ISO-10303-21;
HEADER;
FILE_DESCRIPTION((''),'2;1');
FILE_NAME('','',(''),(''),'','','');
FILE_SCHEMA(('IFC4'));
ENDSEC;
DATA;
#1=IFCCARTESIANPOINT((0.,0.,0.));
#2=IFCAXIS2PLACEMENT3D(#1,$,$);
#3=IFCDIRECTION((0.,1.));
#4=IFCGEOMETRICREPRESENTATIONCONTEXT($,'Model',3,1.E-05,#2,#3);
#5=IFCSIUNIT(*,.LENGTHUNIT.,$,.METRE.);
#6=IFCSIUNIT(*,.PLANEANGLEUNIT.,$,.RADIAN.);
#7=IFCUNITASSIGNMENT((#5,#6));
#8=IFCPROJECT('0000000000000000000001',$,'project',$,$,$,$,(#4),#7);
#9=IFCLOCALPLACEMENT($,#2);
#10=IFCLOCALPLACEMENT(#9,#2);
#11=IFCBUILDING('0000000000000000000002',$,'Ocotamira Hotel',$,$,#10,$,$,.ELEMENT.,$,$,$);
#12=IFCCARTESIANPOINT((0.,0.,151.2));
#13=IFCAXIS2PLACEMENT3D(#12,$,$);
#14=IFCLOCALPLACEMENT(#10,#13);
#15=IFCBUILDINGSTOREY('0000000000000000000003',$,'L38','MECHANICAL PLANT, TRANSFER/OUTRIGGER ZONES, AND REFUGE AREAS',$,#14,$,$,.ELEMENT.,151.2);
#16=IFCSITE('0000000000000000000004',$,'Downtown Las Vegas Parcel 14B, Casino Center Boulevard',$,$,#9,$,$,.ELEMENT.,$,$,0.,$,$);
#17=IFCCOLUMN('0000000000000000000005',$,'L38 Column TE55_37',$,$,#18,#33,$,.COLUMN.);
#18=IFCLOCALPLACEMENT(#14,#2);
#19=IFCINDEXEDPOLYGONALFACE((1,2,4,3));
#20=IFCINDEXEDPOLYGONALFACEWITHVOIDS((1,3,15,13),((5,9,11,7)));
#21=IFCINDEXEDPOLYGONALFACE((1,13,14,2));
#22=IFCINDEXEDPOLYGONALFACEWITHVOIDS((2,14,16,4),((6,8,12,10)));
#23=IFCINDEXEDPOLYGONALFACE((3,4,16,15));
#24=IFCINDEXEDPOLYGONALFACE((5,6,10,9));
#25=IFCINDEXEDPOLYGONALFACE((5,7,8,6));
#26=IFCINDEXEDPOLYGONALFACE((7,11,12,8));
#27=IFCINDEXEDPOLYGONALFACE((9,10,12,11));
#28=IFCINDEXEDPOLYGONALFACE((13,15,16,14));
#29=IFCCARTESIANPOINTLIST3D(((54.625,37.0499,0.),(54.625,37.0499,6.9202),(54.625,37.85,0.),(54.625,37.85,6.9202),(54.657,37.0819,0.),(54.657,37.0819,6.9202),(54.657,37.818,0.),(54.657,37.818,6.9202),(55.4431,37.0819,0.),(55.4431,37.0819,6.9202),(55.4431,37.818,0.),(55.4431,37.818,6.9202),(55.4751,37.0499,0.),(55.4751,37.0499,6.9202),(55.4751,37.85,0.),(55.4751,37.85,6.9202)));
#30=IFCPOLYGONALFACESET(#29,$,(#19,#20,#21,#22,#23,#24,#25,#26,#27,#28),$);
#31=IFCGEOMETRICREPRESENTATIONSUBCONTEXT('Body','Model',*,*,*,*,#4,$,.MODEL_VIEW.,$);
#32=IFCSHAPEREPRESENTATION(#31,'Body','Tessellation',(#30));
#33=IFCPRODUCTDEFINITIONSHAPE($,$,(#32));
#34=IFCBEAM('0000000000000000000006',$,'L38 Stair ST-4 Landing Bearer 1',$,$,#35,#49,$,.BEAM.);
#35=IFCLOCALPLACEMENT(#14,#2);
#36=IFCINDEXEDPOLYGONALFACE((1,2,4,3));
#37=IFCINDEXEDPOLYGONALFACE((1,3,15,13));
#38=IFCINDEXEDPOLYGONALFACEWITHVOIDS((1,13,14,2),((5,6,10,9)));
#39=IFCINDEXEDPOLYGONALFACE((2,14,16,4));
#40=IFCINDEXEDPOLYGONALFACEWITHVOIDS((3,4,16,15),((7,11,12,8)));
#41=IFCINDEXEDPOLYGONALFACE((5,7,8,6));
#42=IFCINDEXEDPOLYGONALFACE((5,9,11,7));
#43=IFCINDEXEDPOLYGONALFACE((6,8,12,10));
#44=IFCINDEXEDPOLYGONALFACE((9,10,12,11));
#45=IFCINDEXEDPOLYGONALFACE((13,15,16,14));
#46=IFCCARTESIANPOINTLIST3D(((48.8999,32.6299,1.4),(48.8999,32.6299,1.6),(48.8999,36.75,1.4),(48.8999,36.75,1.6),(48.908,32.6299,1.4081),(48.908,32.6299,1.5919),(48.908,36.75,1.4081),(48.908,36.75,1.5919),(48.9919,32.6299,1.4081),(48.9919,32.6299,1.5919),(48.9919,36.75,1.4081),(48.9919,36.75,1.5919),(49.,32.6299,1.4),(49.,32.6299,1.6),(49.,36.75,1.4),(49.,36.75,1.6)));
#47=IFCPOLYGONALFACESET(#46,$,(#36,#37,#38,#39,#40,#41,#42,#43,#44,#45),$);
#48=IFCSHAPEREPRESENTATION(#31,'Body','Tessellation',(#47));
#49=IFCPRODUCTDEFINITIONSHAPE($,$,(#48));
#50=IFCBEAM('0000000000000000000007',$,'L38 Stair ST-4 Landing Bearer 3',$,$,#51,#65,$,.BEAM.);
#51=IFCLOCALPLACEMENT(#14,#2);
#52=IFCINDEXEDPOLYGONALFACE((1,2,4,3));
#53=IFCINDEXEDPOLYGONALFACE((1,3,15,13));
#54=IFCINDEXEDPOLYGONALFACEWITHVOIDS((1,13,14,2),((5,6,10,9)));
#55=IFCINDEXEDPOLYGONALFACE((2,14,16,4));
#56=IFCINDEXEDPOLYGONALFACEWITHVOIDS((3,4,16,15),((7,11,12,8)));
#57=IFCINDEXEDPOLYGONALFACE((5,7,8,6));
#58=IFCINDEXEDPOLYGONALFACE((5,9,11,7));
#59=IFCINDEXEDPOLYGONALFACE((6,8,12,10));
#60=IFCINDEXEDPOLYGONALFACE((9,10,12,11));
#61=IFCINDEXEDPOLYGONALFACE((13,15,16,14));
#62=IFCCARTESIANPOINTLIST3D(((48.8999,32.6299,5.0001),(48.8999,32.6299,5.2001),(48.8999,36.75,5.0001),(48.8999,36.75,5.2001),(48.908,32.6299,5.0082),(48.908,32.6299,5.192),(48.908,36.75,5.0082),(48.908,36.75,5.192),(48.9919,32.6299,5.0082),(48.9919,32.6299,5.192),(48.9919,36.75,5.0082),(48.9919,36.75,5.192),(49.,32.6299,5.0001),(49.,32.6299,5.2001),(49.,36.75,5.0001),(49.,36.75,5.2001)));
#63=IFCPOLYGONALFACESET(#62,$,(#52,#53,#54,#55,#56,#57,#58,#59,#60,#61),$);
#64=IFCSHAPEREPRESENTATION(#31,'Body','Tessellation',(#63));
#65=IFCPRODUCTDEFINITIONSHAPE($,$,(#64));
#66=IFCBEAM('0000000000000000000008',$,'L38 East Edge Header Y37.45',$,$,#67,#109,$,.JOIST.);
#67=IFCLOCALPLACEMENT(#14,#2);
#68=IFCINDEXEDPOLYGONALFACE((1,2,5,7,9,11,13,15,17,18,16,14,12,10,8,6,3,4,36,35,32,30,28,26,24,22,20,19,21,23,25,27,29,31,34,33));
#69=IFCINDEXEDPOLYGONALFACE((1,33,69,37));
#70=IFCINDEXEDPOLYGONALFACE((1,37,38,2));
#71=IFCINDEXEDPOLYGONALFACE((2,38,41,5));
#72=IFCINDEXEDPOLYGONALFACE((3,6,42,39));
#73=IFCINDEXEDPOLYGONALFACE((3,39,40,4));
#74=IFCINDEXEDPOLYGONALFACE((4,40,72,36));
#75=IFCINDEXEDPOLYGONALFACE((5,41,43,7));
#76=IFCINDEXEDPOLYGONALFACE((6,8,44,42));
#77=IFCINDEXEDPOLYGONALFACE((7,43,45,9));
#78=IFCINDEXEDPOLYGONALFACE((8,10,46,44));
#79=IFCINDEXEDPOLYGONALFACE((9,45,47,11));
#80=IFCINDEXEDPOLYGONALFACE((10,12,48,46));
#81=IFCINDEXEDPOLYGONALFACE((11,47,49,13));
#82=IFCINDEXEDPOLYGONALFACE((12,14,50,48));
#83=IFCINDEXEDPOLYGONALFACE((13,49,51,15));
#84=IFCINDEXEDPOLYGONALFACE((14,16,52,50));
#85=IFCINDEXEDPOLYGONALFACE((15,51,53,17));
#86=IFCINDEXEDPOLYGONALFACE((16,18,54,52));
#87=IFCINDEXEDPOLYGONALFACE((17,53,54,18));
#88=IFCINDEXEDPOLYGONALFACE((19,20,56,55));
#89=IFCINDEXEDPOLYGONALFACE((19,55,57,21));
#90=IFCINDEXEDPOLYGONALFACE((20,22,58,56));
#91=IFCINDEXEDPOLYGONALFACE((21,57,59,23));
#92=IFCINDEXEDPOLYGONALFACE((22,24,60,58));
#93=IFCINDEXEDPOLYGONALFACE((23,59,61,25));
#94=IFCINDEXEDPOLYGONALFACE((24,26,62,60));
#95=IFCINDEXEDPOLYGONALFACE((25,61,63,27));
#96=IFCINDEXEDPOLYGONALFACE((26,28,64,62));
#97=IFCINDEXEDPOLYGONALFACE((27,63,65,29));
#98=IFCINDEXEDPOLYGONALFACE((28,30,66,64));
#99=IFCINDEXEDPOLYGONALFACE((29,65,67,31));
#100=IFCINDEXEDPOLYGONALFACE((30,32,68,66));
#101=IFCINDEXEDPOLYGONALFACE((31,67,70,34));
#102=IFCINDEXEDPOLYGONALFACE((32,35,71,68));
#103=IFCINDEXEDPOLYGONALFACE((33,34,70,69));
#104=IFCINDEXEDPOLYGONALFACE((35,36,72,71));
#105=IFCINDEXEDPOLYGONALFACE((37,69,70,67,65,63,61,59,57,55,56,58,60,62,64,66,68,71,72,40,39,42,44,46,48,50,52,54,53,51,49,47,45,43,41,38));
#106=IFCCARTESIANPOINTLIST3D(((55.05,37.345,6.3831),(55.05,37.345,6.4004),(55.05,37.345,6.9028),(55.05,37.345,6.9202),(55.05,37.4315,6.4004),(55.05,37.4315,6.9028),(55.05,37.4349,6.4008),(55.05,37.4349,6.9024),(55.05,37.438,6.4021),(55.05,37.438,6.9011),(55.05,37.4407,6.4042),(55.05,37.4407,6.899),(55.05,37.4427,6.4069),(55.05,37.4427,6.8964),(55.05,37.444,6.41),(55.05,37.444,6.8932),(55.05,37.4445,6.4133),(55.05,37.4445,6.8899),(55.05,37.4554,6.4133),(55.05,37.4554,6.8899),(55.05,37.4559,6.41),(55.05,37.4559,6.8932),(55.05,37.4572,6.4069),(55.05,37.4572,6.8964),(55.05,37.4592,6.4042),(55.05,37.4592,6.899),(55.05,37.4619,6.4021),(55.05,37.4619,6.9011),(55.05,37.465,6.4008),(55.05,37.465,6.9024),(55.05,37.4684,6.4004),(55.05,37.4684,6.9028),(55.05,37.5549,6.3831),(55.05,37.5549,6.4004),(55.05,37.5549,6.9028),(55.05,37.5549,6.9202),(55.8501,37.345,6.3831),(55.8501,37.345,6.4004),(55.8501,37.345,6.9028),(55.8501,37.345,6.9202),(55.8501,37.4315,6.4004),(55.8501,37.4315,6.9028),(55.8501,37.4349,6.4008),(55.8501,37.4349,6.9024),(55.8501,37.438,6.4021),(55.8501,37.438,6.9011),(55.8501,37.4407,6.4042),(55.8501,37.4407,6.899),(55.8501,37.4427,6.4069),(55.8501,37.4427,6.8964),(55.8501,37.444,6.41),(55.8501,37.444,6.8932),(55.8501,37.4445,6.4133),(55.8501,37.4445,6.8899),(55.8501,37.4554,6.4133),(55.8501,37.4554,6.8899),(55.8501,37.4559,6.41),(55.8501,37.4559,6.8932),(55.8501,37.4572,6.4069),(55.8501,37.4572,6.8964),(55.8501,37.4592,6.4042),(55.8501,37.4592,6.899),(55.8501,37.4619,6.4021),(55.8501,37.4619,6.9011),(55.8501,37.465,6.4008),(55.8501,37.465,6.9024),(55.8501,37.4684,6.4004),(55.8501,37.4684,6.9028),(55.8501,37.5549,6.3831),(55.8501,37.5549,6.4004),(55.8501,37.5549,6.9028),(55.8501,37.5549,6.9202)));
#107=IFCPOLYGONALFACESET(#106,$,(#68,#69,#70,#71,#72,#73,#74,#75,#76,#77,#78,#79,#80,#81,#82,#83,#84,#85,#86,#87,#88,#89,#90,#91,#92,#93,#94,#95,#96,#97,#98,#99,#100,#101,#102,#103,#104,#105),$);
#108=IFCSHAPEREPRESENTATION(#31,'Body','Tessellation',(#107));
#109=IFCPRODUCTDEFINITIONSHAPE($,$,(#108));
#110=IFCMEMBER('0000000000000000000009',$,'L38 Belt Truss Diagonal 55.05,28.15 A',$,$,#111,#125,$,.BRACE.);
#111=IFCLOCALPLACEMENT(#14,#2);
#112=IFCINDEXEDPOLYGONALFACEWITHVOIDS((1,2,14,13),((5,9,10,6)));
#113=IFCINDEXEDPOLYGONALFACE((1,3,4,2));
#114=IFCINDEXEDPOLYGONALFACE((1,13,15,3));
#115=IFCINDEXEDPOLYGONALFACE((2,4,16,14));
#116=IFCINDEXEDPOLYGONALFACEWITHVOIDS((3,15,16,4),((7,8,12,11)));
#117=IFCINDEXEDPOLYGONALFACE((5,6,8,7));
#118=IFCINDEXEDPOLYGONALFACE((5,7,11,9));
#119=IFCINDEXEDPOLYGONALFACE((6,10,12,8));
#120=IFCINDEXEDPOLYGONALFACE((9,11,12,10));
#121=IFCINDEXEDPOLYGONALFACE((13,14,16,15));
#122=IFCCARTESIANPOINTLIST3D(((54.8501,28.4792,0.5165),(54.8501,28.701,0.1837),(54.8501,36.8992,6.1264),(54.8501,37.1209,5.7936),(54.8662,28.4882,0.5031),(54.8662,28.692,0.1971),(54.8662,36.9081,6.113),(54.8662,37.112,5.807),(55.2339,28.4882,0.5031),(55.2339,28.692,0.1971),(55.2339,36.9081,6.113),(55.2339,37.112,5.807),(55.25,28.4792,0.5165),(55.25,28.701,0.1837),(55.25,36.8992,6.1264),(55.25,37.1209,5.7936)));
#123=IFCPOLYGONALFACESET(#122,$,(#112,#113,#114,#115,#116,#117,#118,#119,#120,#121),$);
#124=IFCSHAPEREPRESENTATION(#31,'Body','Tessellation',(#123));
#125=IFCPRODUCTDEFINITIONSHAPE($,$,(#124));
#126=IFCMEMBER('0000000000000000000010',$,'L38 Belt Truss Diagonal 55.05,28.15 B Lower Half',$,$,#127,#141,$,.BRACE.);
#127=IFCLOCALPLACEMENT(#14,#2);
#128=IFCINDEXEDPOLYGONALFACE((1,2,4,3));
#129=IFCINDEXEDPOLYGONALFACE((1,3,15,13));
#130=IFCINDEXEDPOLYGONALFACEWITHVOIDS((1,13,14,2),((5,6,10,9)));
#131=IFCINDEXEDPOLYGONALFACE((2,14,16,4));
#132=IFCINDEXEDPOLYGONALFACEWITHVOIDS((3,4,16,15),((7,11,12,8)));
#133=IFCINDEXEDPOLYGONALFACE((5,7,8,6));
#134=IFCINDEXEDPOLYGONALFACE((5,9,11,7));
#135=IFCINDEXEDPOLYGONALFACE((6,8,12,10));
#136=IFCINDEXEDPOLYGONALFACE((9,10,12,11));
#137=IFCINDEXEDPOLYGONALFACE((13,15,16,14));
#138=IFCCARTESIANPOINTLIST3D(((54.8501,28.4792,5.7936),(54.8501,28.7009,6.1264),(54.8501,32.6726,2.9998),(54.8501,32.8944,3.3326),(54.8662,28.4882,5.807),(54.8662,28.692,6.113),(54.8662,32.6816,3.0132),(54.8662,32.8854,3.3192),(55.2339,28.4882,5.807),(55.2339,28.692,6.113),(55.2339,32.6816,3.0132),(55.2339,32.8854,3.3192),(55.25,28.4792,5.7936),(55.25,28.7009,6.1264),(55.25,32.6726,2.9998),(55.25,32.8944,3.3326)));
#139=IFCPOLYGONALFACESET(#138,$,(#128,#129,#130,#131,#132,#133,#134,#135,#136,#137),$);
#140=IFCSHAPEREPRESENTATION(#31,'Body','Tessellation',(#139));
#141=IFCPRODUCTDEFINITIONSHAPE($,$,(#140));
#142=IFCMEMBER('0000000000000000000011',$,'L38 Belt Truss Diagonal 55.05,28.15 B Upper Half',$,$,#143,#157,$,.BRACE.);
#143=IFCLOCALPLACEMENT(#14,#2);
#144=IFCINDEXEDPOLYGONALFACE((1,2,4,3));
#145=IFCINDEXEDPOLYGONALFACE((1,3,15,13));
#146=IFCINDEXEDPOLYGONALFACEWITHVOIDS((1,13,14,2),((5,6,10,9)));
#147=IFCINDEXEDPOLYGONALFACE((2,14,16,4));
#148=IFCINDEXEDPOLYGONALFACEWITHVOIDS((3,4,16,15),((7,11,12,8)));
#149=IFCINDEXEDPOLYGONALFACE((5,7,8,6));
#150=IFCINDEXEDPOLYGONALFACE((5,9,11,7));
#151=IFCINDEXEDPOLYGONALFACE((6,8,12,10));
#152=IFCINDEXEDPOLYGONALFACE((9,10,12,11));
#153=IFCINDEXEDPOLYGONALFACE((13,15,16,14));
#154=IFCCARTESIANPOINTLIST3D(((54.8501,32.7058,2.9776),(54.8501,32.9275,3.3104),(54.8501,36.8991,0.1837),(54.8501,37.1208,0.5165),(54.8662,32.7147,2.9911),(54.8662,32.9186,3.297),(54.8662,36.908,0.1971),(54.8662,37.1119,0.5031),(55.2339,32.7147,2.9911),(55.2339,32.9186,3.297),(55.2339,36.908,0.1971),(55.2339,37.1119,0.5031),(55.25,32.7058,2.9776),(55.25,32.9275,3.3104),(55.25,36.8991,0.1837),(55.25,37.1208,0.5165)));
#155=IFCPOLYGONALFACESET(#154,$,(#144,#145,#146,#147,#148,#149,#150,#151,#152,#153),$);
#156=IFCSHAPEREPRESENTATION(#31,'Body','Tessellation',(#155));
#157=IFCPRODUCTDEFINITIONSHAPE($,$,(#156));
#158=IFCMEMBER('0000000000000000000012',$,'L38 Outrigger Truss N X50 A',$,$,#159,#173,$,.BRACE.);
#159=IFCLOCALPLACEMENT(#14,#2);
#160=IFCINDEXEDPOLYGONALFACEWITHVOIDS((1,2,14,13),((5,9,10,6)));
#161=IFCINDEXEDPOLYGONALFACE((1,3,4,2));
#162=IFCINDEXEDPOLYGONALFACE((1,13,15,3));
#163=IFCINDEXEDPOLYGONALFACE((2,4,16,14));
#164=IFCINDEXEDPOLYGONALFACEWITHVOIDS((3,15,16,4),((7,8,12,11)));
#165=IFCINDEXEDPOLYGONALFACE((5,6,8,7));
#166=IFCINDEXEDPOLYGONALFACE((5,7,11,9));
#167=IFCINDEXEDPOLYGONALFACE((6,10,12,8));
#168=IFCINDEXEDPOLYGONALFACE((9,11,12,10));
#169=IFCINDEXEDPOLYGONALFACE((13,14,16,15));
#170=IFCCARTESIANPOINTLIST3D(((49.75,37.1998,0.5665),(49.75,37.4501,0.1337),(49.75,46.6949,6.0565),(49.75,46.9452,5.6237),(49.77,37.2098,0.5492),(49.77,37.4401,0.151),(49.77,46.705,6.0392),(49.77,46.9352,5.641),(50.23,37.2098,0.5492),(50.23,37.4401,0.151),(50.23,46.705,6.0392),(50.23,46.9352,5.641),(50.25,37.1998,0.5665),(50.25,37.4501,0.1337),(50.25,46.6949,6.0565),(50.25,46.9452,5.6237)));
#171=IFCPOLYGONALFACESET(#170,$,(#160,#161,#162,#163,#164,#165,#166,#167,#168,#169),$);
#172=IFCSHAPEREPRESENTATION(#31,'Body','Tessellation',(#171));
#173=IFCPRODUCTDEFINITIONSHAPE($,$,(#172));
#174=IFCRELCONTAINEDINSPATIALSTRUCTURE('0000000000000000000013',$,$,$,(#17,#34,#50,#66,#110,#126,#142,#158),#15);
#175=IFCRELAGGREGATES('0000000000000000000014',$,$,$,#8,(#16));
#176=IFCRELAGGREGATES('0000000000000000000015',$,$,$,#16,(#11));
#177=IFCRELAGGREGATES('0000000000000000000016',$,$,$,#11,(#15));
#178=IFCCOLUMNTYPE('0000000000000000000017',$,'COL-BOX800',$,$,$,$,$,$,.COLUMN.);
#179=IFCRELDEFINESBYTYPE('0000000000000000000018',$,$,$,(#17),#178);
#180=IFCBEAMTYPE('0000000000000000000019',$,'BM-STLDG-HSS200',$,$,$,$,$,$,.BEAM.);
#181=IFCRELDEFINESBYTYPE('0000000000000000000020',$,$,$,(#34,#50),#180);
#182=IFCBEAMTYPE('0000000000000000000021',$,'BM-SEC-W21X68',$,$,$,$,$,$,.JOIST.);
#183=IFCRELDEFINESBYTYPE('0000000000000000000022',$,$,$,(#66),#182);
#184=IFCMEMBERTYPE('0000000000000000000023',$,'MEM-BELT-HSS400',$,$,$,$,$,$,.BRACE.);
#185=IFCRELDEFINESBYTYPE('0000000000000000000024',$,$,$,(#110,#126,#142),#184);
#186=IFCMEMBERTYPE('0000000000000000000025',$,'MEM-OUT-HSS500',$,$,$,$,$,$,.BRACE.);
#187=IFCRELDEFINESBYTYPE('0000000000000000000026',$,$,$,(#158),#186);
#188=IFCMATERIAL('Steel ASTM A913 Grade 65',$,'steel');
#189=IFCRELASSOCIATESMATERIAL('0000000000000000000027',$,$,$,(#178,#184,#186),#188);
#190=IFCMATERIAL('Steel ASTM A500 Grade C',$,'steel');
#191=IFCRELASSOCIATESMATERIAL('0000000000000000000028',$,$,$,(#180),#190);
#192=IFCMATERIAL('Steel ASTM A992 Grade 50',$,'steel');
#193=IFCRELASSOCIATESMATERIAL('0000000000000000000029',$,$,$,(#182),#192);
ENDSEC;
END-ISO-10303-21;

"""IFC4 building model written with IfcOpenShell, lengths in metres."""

from ifc_helpers import new_model, si_unit, direction, frame, origin, origin_2d, place, context, subcontext, project, spatial, hollow_rectangle, i_section, extrude, source, transform, mapped, material, material_profile, profile_set, type_object, element, save


model = new_model("IFC4")

# Units and contexts
model_context = context("Model", 3, precision=1e-05, world=origin(), true_north=direction((0.0, 1.0)))
body_context = subcontext(model_context, "Body", "Model", "MODEL_VIEW")
ifc_project = project(units=[si_unit("LENGTHUNIT", "METRE"), si_unit("PLANEANGLEUNIT", "RADIAN")], contexts=[model_context])

# Site, building, storey
site_placement = place(None, origin())
site = spatial("IfcSite", under=ifc_project, at=site_placement, Name="Downtown Las Vegas Parcel 14B, Casino Center Boulevard", CompositionType="ELEMENT", RefElevation=0.0)
building_placement = place(site_placement, origin())
building = spatial("IfcBuilding", under=site, at=building_placement, Name="Ocotamira Hotel", CompositionType="ELEMENT")
storey_placement = place(building_placement, frame((0.0, 0.0, 151.2)))
storey = spatial("IfcBuildingStorey", under=building, at=storey_placement, Name="L38", Description="MECHANICAL PLANT, TRANSFER/OUTRIGGER ZONES, AND REFUGE AREAS", CompositionType="ELEMENT", Elevation=151.2)

# Column
ifc_material_1 = material(Name="Steel ASTM A913 Grade 65", Category="steel")
ifc_material_profile_1 = material_profile(ifc_material_1, hollow_rectangle(XDim=0.8501, YDim=0.8, WallThickness=0.032, at=origin_2d()), Name="BOX800X850X32")
ifc_profile_set_1 = profile_set([ifc_material_profile_1], Name="Steel ASTM A913 Grade 65")
column_type = type_object("IfcColumnType", Name="COL-BOX800", PredefinedType="COLUMN", material=ifc_profile_set_1)
shared_shape_1 = source(origin(), body_context, "Body", "SweptSolid", [
    extrude(hollow_rectangle(XDim=0.8501, YDim=0.8, WallThickness=0.032, at=origin_2d()), origin(), (0.0, 0.0, 1.0), 6.9202),
])
column_placement = place(storey_placement, frame((55.05, 37.45, 0.0), z_axis=(0.0, 0.0, 1.0), x_axis=(1.0, 0.0, 0.0)))
element("IfcColumn", 1, at=column_placement, inside=storey, type_object=column_type, Name="L38 Column TE55_37", PredefinedType="COLUMN", context=body_context, shape_type="MappedRepresentation", body=[
    mapped(shared_shape_1, transform((0.0, 0.0, 0.0), scale=1.0)),
])

# Beams
ifc_material_2 = material(Name="Steel ASTM A500 Grade C", Category="steel")
ifc_material_profile_2 = material_profile(ifc_material_2, hollow_rectangle(XDim=0.1001, YDim=0.2, WallThickness=0.0081, at=origin_2d()), Name="HSS200X100X8")
ifc_profile_set_2 = profile_set([ifc_material_profile_2], Name="Steel ASTM A500 Grade C")
beam_type_1 = type_object("IfcBeamType", Name="BM-STLDG-HSS200", PredefinedType="BEAM", material=ifc_profile_set_2)
shared_shape_2 = source(origin(), body_context, "Body", "SweptSolid", [
    extrude(hollow_rectangle(XDim=0.1001, YDim=0.2, WallThickness=0.0081, at=origin_2d()), origin(), (0.0, 0.0, 1.0), 4.1201),
])
for number, where, z_axis, x_axis, name in (
    (2, (48.95, 32.6299, 1.5), (0.0, 1.0, 0.0), (-1.0, 0.0, 0.0), "L38 Stair ST-4 Landing Bearer 1"),
    (3, (48.95, 32.6299, 5.1001), (0.0, 1.0, 0.0), (-1.0, 0.0, 0.0), "L38 Stair ST-4 Landing Bearer 3"),
):
    element("IfcBeam", number, at=place(storey_placement, frame(where, z_axis=z_axis, x_axis=x_axis)), inside=storey, type_object=beam_type_1, Name=name, PredefinedType="BEAM", context=body_context, shape_type="MappedRepresentation", body=[
        mapped(shared_shape_2, transform((0.0, 0.0, 0.0), scale=1.0)),
    ])
ifc_material_3 = material(Name="Steel ASTM A992 Grade 50", Category="steel")
ifc_material_profile_3 = material_profile(ifc_material_3, i_section(OverallWidth=0.21, OverallDepth=0.5371, WebThickness=0.011, FlangeThickness=0.0173, FilletRadius=0.0129, at=origin_2d()), Name="W21X68")
ifc_profile_set_3 = profile_set([ifc_material_profile_3], Name="Steel ASTM A992 Grade 50")
beam_type_2 = type_object("IfcBeamType", Name="BM-SEC-W21X68", PredefinedType="JOIST", material=ifc_profile_set_3)
shared_shape_3 = source(origin(), body_context, "Body", "SweptSolid", [
    extrude(i_section(OverallWidth=0.21, OverallDepth=0.5371, WebThickness=0.011, FlangeThickness=0.0173, FilletRadius=0.0129, at=origin_2d()), origin(), (0.0, 0.0, 1.0), 0.8),
])
beam_placement = place(storey_placement, frame((55.05, 37.45, 6.6516), z_axis=(1.0, 0.0, 0.0), x_axis=(0.0, 1.0, 0.0)))
element("IfcBeam", 4, at=beam_placement, inside=storey, type_object=beam_type_2, Name="L38 East Edge Header Y37.45", PredefinedType="JOIST", context=body_context, shape_type="MappedRepresentation", body=[
    mapped(shared_shape_3, transform((0.0, 0.0, 0.0), scale=1.0)),
])

# Members
ifc_material_profile_4 = material_profile(ifc_material_1, hollow_rectangle(XDim=0.3999, YDim=0.3999, WallThickness=0.0161, at=origin_2d()), Name="HSS400X400X16")
ifc_profile_set_4 = profile_set([ifc_material_profile_4], Name="Steel ASTM A913 Grade 65")
member_type_1 = type_object("IfcMemberType", Name="MEM-BELT-HSS400", PredefinedType="BRACE", material=ifc_profile_set_4)
shared_shape_4 = source(origin(), body_context, "Body", "SweptSolid", [
    extrude(hollow_rectangle(XDim=0.3999, YDim=0.3999, WallThickness=0.0161, at=origin_2d()), origin(), (0.0, 0.0, 1.0), 10.1177),
])
member_1_placement = place(storey_placement, frame((55.05, 28.5901, 0.3501), z_axis=(0.0, 0.832206, 0.554466), x_axis=(-1.0, 0.0, 0.0)))
element("IfcMember", 5, at=member_1_placement, inside=storey, type_object=member_type_1, Name="L38 Belt Truss Diagonal 55.05,28.15 A", PredefinedType="BRACE", context=body_context, shape_type="MappedRepresentation", body=[
    mapped(shared_shape_4, transform((0.0, 0.0, 0.0), scale=1.0)),
])
shared_shape_5 = source(origin(), body_context, "Body", "SweptSolid", [
    extrude(hollow_rectangle(XDim=0.3999, YDim=0.3999, WallThickness=0.0161, at=origin_2d()), origin(), (0.0, 0.0, 1.0), 5.0388),
])
for number, where, z_axis, x_axis, name in (
    (6, (55.05, 28.5901, 5.96), (0.0, 0.832222, -0.554443), (-1.0, 0.0, 0.0), "L38 Belt Truss Diagonal 55.05,28.15 B Lower Half"),
    (7, (55.05, 32.8167, 3.144), (0.0, 0.832199, -0.554477), (-1.0, 0.0, 0.0), "L38 Belt Truss Diagonal 55.05,28.15 B Upper Half"),
):
    element("IfcMember", number, at=place(storey_placement, frame(where, z_axis=z_axis, x_axis=x_axis)), inside=storey, type_object=member_type_1, Name=name, PredefinedType="BRACE", context=body_context, shape_type="MappedRepresentation", body=[
        mapped(shared_shape_5, transform((0.0, 0.0, 0.0), scale=1.0)),
    ])
ifc_material_profile_5 = material_profile(ifc_material_1, hollow_rectangle(XDim=0.5, YDim=0.5, WallThickness=0.02, at=origin_2d()), Name="HSS500X500X20")
ifc_profile_set_5 = profile_set([ifc_material_profile_5], Name="Steel ASTM A913 Grade 65")
member_type_2 = type_object("IfcMemberType", Name="MEM-OUT-HSS500", PredefinedType="BRACE", material=ifc_profile_set_5)
shared_shape_6 = source(origin(), body_context, "Body", "SweptSolid", [
    extrude(hollow_rectangle(XDim=0.5, YDim=0.5, WallThickness=0.02, at=origin_2d()), origin(), (0.0, 0.0, 1.0), 10.968),
])
member_2_placement = place(storey_placement, frame((50.0, 37.325, 0.3501), z_axis=(0.0, 0.86571, 0.500546), x_axis=(-1.0, 0.0, 0.0)))
element("IfcMember", 8, at=member_2_placement, inside=storey, type_object=member_type_2, Name="L38 Outrigger Truss N X50 A", PredefinedType="BRACE", context=body_context, shape_type="MappedRepresentation", body=[
    mapped(shared_shape_6, transform((0.0, 0.0, 0.0), scale=1.0)),
])

save(model, "model.ifc")
